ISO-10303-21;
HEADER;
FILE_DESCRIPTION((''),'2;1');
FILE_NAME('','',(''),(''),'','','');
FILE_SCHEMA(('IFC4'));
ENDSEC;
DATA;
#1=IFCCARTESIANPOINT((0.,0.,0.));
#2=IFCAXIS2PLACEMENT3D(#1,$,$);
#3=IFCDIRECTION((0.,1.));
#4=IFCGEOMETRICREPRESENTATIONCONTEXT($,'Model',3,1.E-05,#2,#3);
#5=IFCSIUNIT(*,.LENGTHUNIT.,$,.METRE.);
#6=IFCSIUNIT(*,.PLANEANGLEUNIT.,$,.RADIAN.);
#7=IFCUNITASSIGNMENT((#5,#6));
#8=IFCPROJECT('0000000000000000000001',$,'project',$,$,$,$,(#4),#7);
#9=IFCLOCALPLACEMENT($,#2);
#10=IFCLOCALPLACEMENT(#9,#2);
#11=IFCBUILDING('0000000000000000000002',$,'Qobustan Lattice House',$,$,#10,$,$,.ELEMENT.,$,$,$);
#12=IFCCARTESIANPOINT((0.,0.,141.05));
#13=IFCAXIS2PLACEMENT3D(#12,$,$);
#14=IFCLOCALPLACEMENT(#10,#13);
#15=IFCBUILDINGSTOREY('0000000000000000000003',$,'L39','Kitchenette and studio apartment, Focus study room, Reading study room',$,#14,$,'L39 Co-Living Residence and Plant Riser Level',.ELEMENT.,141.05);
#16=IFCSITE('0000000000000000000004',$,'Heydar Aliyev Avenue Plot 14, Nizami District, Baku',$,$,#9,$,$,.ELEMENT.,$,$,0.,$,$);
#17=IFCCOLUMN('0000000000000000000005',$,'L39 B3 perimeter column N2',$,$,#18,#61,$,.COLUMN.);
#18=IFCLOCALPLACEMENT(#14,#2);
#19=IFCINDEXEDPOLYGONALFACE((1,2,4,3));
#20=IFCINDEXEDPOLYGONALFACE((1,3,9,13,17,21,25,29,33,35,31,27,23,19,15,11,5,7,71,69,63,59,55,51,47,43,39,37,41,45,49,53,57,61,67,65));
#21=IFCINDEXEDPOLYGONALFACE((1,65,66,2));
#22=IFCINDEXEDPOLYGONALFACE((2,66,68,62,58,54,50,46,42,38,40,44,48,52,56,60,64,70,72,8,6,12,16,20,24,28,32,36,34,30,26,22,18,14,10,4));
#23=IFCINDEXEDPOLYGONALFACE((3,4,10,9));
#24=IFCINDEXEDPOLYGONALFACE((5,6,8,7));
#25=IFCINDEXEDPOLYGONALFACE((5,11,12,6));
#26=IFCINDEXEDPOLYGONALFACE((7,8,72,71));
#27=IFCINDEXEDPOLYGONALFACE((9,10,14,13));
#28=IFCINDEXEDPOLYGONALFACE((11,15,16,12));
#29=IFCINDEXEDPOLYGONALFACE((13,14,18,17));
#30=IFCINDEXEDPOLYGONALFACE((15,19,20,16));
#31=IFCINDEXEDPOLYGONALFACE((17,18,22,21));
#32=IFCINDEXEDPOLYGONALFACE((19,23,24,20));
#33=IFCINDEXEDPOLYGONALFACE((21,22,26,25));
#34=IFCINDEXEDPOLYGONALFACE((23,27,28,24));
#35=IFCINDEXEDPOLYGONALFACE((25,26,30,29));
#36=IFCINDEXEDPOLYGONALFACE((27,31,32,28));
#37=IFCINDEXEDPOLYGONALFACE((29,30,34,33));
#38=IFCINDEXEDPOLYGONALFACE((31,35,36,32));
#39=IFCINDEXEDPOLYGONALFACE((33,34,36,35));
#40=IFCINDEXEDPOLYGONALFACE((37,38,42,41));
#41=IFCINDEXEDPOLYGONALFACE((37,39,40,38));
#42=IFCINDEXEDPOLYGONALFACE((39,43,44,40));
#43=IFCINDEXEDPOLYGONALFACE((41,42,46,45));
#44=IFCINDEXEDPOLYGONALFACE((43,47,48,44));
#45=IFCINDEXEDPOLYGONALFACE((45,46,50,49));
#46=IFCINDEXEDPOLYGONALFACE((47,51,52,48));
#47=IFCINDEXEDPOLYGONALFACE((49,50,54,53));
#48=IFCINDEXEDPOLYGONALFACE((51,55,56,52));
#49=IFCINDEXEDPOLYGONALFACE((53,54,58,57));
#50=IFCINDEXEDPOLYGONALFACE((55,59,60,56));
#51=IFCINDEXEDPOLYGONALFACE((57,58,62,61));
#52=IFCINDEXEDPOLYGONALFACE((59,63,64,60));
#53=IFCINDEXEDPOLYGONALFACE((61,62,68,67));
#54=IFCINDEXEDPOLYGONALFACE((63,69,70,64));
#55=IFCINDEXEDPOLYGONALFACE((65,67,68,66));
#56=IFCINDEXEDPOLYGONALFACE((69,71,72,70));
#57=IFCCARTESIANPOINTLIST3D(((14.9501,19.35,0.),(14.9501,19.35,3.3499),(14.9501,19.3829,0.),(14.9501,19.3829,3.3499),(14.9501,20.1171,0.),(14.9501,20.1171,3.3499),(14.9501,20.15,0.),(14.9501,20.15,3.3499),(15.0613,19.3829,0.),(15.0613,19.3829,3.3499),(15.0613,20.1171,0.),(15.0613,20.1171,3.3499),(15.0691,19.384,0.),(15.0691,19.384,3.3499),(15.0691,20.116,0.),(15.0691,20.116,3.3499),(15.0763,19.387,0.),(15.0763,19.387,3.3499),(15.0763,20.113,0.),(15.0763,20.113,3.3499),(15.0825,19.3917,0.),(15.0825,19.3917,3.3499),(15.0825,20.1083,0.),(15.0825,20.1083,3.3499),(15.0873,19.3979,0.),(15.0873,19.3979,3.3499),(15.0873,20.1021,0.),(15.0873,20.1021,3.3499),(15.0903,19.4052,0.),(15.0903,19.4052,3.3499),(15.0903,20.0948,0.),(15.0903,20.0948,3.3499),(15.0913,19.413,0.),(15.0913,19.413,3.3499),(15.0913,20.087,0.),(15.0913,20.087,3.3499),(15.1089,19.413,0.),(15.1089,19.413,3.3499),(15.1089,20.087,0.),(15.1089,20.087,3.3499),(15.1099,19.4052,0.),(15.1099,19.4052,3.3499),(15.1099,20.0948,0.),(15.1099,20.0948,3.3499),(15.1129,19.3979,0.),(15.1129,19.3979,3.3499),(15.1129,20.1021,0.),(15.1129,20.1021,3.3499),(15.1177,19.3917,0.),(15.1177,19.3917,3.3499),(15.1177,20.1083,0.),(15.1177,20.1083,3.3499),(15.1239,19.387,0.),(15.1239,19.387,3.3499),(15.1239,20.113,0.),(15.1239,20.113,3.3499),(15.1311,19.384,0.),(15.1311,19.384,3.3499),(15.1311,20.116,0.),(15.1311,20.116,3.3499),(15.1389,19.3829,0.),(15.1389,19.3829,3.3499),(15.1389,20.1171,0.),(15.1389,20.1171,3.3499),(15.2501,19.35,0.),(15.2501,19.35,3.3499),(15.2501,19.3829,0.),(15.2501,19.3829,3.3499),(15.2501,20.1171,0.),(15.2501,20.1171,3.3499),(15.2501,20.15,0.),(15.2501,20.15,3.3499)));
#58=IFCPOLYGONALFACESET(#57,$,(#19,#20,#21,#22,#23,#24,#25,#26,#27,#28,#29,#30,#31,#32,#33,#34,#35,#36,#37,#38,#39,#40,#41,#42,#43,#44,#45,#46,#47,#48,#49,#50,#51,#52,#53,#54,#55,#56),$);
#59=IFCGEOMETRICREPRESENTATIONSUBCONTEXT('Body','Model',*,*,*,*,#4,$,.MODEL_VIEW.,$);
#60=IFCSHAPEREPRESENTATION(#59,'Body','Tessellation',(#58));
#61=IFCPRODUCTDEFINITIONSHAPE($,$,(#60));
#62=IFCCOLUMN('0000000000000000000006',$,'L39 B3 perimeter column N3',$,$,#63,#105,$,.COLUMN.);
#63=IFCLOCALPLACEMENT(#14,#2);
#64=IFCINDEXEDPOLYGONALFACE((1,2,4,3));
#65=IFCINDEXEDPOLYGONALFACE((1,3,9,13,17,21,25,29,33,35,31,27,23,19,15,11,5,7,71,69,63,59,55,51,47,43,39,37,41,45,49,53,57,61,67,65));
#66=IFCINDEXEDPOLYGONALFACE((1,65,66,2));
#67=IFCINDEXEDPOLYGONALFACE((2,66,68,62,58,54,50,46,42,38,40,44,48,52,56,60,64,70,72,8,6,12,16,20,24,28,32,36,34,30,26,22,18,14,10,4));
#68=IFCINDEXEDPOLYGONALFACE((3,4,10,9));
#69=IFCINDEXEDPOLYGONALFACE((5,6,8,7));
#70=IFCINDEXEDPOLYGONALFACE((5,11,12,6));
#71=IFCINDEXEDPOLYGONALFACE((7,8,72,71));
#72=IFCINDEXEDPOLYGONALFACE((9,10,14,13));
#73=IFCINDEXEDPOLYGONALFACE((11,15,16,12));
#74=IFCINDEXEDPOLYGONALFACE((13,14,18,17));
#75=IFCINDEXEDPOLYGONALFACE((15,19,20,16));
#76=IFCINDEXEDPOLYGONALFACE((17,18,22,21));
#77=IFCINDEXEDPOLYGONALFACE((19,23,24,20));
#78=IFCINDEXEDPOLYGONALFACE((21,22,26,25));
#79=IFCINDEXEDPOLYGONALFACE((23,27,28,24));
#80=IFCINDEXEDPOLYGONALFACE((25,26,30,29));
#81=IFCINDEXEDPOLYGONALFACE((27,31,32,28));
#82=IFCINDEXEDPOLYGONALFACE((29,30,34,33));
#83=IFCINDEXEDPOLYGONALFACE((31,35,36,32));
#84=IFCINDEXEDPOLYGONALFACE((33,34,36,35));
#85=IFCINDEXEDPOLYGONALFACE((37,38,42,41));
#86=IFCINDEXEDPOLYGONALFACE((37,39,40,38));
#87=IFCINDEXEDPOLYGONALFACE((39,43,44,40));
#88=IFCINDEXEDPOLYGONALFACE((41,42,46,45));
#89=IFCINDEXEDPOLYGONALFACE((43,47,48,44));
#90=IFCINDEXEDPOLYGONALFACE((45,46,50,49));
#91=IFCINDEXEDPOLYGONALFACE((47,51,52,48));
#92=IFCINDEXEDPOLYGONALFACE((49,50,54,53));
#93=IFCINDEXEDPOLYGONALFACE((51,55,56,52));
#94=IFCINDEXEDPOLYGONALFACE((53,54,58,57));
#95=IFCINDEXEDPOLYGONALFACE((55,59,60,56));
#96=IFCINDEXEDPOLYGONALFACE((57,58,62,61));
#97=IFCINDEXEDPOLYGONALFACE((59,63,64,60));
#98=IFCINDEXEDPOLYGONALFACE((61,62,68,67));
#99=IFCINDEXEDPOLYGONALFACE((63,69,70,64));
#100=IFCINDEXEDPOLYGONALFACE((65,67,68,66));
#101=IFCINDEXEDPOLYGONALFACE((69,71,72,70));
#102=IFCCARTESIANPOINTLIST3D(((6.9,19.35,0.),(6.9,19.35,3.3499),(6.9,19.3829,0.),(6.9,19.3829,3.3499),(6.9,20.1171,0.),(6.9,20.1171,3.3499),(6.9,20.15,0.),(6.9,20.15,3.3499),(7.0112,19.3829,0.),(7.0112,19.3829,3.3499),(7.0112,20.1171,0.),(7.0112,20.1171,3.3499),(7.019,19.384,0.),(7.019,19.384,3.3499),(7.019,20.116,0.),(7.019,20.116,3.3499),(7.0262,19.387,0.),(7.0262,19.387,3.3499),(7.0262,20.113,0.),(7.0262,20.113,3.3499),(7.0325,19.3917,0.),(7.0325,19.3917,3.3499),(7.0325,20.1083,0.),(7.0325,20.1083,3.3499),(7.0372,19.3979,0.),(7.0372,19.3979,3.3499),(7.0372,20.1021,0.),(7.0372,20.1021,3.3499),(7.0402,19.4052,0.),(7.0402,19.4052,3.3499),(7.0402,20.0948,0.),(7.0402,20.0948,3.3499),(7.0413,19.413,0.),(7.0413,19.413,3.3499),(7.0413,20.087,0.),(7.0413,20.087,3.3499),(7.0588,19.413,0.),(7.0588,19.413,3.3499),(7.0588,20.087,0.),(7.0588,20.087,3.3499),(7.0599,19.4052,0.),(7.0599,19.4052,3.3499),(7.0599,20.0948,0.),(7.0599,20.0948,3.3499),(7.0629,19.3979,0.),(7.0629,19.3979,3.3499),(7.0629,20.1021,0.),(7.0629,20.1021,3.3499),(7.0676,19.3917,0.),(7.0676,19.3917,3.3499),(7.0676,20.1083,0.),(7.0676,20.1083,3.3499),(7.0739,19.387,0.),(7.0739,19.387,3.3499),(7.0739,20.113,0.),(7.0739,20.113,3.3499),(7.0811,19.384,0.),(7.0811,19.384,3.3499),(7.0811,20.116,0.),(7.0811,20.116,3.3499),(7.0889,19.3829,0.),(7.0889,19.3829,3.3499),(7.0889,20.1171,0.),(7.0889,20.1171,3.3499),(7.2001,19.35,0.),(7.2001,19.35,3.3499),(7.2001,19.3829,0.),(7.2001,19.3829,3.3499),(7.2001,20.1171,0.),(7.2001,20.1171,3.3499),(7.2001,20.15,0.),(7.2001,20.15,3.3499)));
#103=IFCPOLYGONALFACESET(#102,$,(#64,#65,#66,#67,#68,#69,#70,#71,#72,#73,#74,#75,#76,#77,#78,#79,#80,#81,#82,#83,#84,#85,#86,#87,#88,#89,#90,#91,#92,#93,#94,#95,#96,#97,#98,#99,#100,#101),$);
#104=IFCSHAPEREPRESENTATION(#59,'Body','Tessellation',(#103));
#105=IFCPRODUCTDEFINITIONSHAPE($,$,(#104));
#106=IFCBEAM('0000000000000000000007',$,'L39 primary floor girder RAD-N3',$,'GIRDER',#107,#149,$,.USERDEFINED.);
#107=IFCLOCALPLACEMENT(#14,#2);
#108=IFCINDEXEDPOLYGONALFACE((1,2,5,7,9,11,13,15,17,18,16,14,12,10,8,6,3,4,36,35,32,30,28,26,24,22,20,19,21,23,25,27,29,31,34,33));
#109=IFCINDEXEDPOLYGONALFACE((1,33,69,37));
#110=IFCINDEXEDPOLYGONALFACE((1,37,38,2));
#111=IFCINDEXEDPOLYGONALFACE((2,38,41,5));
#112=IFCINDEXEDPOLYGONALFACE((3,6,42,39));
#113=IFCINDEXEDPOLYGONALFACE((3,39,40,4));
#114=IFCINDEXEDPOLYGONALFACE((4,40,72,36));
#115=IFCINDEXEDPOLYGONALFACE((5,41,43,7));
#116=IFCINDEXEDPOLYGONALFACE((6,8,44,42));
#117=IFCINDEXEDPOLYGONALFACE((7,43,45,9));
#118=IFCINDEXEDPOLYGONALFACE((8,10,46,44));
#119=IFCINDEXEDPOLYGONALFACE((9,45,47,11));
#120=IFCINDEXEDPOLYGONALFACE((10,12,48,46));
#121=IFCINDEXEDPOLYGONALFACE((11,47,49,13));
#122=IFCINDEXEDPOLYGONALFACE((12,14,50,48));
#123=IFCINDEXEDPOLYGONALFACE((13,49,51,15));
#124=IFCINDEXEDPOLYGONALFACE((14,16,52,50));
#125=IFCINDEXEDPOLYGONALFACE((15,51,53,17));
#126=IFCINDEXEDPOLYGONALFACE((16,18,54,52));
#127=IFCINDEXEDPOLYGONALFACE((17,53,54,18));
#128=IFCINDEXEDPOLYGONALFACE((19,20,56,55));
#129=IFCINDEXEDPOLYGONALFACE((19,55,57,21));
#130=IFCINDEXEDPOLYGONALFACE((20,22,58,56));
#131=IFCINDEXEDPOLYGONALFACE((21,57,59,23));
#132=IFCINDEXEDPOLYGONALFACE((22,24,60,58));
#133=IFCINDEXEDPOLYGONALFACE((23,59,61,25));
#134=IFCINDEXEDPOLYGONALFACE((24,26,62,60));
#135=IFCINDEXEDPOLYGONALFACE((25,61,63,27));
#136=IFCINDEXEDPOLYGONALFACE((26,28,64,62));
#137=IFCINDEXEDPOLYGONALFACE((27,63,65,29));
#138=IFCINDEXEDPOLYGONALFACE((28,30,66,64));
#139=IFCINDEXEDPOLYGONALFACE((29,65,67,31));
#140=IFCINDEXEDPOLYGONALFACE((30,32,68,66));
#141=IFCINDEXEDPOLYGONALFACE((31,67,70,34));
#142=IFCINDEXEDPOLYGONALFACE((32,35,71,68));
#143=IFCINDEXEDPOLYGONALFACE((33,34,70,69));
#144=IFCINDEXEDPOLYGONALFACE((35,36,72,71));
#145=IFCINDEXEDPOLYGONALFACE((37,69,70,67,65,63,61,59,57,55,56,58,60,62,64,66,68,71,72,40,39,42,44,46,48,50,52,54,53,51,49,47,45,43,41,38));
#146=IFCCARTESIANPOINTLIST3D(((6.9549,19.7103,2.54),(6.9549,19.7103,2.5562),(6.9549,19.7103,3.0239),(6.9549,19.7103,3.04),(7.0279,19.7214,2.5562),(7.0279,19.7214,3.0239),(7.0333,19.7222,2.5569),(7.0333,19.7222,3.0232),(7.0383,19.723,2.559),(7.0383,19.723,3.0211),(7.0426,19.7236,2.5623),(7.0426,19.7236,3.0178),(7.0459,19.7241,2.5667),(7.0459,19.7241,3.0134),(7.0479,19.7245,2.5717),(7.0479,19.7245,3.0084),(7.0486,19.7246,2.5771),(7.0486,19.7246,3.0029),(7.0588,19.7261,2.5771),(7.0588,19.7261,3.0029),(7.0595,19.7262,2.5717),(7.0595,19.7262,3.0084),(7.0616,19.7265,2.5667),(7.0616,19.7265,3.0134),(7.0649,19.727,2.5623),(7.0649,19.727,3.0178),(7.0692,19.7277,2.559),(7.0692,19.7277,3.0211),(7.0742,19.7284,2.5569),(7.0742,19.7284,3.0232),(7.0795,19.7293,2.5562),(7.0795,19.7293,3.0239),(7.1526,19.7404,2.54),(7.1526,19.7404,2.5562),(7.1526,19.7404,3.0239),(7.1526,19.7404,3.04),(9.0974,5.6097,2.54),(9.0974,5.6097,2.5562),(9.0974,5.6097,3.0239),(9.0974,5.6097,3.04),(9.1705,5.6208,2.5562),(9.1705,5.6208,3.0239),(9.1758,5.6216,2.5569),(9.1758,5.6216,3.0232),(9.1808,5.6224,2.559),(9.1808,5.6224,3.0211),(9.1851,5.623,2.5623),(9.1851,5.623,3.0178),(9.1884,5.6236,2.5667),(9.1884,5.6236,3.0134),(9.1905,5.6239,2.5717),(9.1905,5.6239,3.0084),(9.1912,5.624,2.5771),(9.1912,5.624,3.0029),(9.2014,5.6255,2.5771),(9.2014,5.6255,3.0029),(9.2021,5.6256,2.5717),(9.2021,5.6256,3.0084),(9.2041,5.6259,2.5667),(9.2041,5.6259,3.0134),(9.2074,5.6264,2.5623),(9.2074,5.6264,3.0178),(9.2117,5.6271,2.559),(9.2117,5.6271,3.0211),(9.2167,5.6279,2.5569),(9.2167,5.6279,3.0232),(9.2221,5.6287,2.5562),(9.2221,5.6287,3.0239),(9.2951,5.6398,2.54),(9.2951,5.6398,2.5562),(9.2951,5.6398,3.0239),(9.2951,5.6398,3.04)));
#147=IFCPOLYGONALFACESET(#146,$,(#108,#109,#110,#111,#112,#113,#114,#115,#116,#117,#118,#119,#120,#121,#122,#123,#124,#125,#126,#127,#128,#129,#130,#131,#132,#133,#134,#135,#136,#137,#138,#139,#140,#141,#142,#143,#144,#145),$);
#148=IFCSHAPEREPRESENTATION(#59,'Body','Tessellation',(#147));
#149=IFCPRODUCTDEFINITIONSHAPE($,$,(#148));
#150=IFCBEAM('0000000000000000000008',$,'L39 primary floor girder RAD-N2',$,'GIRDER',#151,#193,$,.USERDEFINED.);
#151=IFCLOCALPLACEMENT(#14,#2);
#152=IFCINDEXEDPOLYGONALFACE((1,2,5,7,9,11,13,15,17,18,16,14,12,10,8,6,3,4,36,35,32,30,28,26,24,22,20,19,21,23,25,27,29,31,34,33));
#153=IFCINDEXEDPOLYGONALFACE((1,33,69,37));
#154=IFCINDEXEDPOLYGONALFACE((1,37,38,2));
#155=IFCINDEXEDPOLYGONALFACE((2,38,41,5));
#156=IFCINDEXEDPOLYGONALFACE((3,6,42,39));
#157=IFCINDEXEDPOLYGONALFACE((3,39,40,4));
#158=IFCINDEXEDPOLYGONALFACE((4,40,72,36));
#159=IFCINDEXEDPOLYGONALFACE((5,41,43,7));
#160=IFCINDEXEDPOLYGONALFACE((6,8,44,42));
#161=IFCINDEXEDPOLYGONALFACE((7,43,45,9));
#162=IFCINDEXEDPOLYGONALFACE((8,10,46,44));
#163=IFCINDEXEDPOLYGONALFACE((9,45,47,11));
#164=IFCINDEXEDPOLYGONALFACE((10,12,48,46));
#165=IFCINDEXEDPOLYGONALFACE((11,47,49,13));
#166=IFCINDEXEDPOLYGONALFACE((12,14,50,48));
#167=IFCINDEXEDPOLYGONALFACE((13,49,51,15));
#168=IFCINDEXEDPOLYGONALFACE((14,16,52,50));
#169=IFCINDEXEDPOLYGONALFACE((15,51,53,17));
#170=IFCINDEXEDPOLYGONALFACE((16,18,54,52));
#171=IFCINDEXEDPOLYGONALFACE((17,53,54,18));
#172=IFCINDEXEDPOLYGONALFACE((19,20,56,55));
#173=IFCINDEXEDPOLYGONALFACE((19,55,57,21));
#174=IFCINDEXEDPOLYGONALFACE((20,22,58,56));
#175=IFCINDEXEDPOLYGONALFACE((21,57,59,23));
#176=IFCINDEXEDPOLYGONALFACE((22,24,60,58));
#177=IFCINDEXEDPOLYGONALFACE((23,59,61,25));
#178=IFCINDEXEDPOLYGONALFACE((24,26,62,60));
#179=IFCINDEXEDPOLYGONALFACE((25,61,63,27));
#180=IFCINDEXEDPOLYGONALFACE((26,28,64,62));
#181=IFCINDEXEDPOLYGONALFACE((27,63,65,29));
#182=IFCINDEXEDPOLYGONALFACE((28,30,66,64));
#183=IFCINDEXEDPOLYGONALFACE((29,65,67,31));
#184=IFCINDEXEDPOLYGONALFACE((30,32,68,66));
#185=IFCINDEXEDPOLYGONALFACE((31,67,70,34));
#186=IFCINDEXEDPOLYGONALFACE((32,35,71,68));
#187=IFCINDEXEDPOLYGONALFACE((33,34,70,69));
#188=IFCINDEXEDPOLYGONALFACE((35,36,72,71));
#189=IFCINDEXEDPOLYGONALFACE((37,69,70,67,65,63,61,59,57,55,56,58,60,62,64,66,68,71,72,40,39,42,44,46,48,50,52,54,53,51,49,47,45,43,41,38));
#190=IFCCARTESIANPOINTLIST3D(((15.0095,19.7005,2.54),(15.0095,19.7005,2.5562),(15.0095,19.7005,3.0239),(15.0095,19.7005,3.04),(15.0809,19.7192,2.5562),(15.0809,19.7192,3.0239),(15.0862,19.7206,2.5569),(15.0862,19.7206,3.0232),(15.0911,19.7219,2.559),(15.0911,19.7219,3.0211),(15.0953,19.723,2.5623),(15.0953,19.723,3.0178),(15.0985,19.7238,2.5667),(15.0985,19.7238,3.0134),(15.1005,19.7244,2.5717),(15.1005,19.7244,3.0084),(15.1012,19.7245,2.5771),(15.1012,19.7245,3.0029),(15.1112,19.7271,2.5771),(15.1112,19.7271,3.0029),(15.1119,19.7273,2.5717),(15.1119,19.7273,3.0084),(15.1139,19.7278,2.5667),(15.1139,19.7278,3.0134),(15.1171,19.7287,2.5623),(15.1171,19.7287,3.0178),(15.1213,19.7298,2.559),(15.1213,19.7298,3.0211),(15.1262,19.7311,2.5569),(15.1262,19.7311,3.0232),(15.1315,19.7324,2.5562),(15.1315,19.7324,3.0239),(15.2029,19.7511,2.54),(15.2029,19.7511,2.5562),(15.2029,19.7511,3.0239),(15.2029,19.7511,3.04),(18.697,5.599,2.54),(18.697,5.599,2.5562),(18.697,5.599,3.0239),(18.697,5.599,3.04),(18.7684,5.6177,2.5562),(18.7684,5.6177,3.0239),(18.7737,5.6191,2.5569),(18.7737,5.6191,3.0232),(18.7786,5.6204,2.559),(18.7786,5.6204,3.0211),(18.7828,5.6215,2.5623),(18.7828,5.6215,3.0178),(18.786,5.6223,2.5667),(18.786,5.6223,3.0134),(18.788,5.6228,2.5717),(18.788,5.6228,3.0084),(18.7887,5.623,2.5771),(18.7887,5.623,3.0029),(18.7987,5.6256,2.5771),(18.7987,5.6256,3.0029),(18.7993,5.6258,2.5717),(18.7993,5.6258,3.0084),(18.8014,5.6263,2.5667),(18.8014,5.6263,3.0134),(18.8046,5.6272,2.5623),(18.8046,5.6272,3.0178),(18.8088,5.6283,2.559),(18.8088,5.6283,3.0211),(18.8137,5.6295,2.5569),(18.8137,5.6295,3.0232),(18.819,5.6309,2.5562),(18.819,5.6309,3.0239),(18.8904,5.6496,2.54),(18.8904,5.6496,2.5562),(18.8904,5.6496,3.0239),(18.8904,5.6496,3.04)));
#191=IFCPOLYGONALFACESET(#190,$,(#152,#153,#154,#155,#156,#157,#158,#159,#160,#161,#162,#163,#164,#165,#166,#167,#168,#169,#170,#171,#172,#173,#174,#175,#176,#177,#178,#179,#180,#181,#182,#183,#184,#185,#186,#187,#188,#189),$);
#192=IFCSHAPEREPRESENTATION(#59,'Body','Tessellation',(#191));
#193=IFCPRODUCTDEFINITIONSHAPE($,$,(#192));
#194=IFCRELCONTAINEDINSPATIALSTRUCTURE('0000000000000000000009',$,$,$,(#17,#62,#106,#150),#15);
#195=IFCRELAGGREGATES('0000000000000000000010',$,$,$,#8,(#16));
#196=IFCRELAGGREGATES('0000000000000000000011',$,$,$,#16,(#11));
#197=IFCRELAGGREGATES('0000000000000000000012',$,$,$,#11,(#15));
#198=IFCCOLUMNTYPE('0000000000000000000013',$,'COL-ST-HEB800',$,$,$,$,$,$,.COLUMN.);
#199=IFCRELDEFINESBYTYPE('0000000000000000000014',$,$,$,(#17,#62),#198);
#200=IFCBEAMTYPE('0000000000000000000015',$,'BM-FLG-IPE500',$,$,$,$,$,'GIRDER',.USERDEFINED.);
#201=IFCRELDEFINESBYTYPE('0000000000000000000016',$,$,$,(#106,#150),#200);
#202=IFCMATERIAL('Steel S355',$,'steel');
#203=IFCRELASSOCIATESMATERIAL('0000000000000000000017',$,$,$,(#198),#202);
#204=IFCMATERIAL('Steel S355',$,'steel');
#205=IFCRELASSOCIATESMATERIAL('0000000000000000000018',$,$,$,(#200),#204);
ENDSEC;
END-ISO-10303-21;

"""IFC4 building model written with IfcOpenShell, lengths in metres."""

from ifc_helpers import new_model, si_unit, direction, frame, origin, origin_2d, place, context, subcontext, project, spatial, i_section, extrude, material, material_profile, profile_set, type_object, element, save


model = new_model("IFC4")

# Units and contexts
model_context = context("Model", 3, precision=1e-05, world=origin(), true_north=direction((0.0, 1.0)))
body_context = subcontext(model_context, "Body", "Model", "MODEL_VIEW")
ifc_project = project(units=[si_unit("LENGTHUNIT", "METRE"), si_unit("PLANEANGLEUNIT", "RADIAN")], contexts=[model_context])

# Site, building, storey
site_placement = place(None, origin())
site = spatial("IfcSite", under=ifc_project, at=site_placement, Name="Heydar Aliyev Avenue Plot 14, Nizami District, Baku", CompositionType="ELEMENT", RefElevation=0.0)
building_placement = place(site_placement, origin())
building = spatial("IfcBuilding", under=site, at=building_placement, Name="Qobustan Lattice House", CompositionType="ELEMENT")
storey_placement = place(building_placement, frame((0.0, 0.0, 141.05)))
storey = spatial("IfcBuildingStorey", under=building, at=storey_placement, Name="L39", Description="Kitchenette and studio apartment, Focus study room, Reading study room", LongName="L39 Co-Living Residence and Plant Riser Level", CompositionType="ELEMENT", Elevation=141.05)

# Columns
ifc_material_1 = material(Name="Steel S355", Category="steel")
ifc_material_profile_1 = material_profile(ifc_material_1, i_section(OverallWidth=0.3, OverallDepth=0.8, WebThickness=0.0176, FlangeThickness=0.033, FilletRadius=0.03, at=origin_2d()), Name="HEB800")
ifc_profile_set_1 = profile_set([ifc_material_profile_1], Name="Steel S355")
column_type = type_object("IfcColumnType", Name="COL-ST-HEB800", PredefinedType="COLUMN", material=ifc_profile_set_1)
for number, where, z_axis, x_axis, name in (
    (1, (15.1001, 19.75, 0.0), (0.0, 0.0, 1.0), (1.0, 0.0, 0.0), "L39 B3 perimeter column N2"),
    (2, (7.05, 19.75, 0.0), (0.0, 0.0, 1.0), (1.0, 0.0, 0.0), "L39 B3 perimeter column N3"),
):
    element("IfcColumn", number, at=place(storey_placement, frame(where, z_axis=z_axis, x_axis=x_axis)), inside=storey, type_object=column_type, Name=name, PredefinedType="COLUMN", context=body_context, shape_type="SweptSolid", body=[
        extrude(i_section(OverallWidth=0.3, OverallDepth=0.8, WebThickness=0.0176, FlangeThickness=0.033, FilletRadius=0.03, at=origin_2d()), origin(), (0.0, 0.0, 1.0), 3.3499),
    ])

# Beams
ifc_material_2 = material(Name="Steel S355", Category="steel")
ifc_material_profile_2 = material_profile(ifc_material_2, i_section(OverallWidth=0.2, OverallDepth=0.5, WebThickness=0.0103, FlangeThickness=0.0161, FilletRadius=0.021, at=origin_2d()), Name="IPE500")
ifc_profile_set_2 = profile_set([ifc_material_profile_2], Name="Steel S355")
beam_type_1 = type_object("IfcBeamType", Name="BM-FLG-IPE500", ElementType="GIRDER", PredefinedType="USERDEFINED", material=ifc_profile_set_2)
beam_1_placement = place(storey_placement, frame((7.0537, 19.7253, 2.79), z_axis=(0.150225, -0.988652, 0.0), x_axis=(0.988652, 0.150225, 0.0)))
element("IfcBeam", 3, at=beam_1_placement, inside=storey, type_object=beam_type_1, Name="L39 primary floor girder RAD-N3", ObjectType="GIRDER", PredefinedType="USERDEFINED", context=body_context, shape_type="SweptSolid", body=[
    extrude(i_section(OverallWidth=0.2, OverallDepth=0.5, WebThickness=0.0103, FlangeThickness=0.0161, FilletRadius=0.021, at=origin_2d()), origin(), (0.0, 0.0, 1.0), 14.2625),
])
beam_2_placement = place(storey_placement, frame((15.1062, 19.7258, 2.79), z_axis=(0.252989, -0.967469, 0.0), x_axis=(0.967469, 0.252989, 0.0)))
element("IfcBeam", 4, at=beam_2_placement, inside=storey, type_object=beam_type_1, Name="L39 primary floor girder RAD-N2", ObjectType="GIRDER", PredefinedType="USERDEFINED", context=body_context, shape_type="SweptSolid", body=[
    extrude(i_section(OverallWidth=0.2, OverallDepth=0.5, WebThickness=0.0103, FlangeThickness=0.0161, FilletRadius=0.021, at=origin_2d()), origin(), (0.0, 0.0, 1.0), 14.5757),
])

save(model, "model.ifc")
